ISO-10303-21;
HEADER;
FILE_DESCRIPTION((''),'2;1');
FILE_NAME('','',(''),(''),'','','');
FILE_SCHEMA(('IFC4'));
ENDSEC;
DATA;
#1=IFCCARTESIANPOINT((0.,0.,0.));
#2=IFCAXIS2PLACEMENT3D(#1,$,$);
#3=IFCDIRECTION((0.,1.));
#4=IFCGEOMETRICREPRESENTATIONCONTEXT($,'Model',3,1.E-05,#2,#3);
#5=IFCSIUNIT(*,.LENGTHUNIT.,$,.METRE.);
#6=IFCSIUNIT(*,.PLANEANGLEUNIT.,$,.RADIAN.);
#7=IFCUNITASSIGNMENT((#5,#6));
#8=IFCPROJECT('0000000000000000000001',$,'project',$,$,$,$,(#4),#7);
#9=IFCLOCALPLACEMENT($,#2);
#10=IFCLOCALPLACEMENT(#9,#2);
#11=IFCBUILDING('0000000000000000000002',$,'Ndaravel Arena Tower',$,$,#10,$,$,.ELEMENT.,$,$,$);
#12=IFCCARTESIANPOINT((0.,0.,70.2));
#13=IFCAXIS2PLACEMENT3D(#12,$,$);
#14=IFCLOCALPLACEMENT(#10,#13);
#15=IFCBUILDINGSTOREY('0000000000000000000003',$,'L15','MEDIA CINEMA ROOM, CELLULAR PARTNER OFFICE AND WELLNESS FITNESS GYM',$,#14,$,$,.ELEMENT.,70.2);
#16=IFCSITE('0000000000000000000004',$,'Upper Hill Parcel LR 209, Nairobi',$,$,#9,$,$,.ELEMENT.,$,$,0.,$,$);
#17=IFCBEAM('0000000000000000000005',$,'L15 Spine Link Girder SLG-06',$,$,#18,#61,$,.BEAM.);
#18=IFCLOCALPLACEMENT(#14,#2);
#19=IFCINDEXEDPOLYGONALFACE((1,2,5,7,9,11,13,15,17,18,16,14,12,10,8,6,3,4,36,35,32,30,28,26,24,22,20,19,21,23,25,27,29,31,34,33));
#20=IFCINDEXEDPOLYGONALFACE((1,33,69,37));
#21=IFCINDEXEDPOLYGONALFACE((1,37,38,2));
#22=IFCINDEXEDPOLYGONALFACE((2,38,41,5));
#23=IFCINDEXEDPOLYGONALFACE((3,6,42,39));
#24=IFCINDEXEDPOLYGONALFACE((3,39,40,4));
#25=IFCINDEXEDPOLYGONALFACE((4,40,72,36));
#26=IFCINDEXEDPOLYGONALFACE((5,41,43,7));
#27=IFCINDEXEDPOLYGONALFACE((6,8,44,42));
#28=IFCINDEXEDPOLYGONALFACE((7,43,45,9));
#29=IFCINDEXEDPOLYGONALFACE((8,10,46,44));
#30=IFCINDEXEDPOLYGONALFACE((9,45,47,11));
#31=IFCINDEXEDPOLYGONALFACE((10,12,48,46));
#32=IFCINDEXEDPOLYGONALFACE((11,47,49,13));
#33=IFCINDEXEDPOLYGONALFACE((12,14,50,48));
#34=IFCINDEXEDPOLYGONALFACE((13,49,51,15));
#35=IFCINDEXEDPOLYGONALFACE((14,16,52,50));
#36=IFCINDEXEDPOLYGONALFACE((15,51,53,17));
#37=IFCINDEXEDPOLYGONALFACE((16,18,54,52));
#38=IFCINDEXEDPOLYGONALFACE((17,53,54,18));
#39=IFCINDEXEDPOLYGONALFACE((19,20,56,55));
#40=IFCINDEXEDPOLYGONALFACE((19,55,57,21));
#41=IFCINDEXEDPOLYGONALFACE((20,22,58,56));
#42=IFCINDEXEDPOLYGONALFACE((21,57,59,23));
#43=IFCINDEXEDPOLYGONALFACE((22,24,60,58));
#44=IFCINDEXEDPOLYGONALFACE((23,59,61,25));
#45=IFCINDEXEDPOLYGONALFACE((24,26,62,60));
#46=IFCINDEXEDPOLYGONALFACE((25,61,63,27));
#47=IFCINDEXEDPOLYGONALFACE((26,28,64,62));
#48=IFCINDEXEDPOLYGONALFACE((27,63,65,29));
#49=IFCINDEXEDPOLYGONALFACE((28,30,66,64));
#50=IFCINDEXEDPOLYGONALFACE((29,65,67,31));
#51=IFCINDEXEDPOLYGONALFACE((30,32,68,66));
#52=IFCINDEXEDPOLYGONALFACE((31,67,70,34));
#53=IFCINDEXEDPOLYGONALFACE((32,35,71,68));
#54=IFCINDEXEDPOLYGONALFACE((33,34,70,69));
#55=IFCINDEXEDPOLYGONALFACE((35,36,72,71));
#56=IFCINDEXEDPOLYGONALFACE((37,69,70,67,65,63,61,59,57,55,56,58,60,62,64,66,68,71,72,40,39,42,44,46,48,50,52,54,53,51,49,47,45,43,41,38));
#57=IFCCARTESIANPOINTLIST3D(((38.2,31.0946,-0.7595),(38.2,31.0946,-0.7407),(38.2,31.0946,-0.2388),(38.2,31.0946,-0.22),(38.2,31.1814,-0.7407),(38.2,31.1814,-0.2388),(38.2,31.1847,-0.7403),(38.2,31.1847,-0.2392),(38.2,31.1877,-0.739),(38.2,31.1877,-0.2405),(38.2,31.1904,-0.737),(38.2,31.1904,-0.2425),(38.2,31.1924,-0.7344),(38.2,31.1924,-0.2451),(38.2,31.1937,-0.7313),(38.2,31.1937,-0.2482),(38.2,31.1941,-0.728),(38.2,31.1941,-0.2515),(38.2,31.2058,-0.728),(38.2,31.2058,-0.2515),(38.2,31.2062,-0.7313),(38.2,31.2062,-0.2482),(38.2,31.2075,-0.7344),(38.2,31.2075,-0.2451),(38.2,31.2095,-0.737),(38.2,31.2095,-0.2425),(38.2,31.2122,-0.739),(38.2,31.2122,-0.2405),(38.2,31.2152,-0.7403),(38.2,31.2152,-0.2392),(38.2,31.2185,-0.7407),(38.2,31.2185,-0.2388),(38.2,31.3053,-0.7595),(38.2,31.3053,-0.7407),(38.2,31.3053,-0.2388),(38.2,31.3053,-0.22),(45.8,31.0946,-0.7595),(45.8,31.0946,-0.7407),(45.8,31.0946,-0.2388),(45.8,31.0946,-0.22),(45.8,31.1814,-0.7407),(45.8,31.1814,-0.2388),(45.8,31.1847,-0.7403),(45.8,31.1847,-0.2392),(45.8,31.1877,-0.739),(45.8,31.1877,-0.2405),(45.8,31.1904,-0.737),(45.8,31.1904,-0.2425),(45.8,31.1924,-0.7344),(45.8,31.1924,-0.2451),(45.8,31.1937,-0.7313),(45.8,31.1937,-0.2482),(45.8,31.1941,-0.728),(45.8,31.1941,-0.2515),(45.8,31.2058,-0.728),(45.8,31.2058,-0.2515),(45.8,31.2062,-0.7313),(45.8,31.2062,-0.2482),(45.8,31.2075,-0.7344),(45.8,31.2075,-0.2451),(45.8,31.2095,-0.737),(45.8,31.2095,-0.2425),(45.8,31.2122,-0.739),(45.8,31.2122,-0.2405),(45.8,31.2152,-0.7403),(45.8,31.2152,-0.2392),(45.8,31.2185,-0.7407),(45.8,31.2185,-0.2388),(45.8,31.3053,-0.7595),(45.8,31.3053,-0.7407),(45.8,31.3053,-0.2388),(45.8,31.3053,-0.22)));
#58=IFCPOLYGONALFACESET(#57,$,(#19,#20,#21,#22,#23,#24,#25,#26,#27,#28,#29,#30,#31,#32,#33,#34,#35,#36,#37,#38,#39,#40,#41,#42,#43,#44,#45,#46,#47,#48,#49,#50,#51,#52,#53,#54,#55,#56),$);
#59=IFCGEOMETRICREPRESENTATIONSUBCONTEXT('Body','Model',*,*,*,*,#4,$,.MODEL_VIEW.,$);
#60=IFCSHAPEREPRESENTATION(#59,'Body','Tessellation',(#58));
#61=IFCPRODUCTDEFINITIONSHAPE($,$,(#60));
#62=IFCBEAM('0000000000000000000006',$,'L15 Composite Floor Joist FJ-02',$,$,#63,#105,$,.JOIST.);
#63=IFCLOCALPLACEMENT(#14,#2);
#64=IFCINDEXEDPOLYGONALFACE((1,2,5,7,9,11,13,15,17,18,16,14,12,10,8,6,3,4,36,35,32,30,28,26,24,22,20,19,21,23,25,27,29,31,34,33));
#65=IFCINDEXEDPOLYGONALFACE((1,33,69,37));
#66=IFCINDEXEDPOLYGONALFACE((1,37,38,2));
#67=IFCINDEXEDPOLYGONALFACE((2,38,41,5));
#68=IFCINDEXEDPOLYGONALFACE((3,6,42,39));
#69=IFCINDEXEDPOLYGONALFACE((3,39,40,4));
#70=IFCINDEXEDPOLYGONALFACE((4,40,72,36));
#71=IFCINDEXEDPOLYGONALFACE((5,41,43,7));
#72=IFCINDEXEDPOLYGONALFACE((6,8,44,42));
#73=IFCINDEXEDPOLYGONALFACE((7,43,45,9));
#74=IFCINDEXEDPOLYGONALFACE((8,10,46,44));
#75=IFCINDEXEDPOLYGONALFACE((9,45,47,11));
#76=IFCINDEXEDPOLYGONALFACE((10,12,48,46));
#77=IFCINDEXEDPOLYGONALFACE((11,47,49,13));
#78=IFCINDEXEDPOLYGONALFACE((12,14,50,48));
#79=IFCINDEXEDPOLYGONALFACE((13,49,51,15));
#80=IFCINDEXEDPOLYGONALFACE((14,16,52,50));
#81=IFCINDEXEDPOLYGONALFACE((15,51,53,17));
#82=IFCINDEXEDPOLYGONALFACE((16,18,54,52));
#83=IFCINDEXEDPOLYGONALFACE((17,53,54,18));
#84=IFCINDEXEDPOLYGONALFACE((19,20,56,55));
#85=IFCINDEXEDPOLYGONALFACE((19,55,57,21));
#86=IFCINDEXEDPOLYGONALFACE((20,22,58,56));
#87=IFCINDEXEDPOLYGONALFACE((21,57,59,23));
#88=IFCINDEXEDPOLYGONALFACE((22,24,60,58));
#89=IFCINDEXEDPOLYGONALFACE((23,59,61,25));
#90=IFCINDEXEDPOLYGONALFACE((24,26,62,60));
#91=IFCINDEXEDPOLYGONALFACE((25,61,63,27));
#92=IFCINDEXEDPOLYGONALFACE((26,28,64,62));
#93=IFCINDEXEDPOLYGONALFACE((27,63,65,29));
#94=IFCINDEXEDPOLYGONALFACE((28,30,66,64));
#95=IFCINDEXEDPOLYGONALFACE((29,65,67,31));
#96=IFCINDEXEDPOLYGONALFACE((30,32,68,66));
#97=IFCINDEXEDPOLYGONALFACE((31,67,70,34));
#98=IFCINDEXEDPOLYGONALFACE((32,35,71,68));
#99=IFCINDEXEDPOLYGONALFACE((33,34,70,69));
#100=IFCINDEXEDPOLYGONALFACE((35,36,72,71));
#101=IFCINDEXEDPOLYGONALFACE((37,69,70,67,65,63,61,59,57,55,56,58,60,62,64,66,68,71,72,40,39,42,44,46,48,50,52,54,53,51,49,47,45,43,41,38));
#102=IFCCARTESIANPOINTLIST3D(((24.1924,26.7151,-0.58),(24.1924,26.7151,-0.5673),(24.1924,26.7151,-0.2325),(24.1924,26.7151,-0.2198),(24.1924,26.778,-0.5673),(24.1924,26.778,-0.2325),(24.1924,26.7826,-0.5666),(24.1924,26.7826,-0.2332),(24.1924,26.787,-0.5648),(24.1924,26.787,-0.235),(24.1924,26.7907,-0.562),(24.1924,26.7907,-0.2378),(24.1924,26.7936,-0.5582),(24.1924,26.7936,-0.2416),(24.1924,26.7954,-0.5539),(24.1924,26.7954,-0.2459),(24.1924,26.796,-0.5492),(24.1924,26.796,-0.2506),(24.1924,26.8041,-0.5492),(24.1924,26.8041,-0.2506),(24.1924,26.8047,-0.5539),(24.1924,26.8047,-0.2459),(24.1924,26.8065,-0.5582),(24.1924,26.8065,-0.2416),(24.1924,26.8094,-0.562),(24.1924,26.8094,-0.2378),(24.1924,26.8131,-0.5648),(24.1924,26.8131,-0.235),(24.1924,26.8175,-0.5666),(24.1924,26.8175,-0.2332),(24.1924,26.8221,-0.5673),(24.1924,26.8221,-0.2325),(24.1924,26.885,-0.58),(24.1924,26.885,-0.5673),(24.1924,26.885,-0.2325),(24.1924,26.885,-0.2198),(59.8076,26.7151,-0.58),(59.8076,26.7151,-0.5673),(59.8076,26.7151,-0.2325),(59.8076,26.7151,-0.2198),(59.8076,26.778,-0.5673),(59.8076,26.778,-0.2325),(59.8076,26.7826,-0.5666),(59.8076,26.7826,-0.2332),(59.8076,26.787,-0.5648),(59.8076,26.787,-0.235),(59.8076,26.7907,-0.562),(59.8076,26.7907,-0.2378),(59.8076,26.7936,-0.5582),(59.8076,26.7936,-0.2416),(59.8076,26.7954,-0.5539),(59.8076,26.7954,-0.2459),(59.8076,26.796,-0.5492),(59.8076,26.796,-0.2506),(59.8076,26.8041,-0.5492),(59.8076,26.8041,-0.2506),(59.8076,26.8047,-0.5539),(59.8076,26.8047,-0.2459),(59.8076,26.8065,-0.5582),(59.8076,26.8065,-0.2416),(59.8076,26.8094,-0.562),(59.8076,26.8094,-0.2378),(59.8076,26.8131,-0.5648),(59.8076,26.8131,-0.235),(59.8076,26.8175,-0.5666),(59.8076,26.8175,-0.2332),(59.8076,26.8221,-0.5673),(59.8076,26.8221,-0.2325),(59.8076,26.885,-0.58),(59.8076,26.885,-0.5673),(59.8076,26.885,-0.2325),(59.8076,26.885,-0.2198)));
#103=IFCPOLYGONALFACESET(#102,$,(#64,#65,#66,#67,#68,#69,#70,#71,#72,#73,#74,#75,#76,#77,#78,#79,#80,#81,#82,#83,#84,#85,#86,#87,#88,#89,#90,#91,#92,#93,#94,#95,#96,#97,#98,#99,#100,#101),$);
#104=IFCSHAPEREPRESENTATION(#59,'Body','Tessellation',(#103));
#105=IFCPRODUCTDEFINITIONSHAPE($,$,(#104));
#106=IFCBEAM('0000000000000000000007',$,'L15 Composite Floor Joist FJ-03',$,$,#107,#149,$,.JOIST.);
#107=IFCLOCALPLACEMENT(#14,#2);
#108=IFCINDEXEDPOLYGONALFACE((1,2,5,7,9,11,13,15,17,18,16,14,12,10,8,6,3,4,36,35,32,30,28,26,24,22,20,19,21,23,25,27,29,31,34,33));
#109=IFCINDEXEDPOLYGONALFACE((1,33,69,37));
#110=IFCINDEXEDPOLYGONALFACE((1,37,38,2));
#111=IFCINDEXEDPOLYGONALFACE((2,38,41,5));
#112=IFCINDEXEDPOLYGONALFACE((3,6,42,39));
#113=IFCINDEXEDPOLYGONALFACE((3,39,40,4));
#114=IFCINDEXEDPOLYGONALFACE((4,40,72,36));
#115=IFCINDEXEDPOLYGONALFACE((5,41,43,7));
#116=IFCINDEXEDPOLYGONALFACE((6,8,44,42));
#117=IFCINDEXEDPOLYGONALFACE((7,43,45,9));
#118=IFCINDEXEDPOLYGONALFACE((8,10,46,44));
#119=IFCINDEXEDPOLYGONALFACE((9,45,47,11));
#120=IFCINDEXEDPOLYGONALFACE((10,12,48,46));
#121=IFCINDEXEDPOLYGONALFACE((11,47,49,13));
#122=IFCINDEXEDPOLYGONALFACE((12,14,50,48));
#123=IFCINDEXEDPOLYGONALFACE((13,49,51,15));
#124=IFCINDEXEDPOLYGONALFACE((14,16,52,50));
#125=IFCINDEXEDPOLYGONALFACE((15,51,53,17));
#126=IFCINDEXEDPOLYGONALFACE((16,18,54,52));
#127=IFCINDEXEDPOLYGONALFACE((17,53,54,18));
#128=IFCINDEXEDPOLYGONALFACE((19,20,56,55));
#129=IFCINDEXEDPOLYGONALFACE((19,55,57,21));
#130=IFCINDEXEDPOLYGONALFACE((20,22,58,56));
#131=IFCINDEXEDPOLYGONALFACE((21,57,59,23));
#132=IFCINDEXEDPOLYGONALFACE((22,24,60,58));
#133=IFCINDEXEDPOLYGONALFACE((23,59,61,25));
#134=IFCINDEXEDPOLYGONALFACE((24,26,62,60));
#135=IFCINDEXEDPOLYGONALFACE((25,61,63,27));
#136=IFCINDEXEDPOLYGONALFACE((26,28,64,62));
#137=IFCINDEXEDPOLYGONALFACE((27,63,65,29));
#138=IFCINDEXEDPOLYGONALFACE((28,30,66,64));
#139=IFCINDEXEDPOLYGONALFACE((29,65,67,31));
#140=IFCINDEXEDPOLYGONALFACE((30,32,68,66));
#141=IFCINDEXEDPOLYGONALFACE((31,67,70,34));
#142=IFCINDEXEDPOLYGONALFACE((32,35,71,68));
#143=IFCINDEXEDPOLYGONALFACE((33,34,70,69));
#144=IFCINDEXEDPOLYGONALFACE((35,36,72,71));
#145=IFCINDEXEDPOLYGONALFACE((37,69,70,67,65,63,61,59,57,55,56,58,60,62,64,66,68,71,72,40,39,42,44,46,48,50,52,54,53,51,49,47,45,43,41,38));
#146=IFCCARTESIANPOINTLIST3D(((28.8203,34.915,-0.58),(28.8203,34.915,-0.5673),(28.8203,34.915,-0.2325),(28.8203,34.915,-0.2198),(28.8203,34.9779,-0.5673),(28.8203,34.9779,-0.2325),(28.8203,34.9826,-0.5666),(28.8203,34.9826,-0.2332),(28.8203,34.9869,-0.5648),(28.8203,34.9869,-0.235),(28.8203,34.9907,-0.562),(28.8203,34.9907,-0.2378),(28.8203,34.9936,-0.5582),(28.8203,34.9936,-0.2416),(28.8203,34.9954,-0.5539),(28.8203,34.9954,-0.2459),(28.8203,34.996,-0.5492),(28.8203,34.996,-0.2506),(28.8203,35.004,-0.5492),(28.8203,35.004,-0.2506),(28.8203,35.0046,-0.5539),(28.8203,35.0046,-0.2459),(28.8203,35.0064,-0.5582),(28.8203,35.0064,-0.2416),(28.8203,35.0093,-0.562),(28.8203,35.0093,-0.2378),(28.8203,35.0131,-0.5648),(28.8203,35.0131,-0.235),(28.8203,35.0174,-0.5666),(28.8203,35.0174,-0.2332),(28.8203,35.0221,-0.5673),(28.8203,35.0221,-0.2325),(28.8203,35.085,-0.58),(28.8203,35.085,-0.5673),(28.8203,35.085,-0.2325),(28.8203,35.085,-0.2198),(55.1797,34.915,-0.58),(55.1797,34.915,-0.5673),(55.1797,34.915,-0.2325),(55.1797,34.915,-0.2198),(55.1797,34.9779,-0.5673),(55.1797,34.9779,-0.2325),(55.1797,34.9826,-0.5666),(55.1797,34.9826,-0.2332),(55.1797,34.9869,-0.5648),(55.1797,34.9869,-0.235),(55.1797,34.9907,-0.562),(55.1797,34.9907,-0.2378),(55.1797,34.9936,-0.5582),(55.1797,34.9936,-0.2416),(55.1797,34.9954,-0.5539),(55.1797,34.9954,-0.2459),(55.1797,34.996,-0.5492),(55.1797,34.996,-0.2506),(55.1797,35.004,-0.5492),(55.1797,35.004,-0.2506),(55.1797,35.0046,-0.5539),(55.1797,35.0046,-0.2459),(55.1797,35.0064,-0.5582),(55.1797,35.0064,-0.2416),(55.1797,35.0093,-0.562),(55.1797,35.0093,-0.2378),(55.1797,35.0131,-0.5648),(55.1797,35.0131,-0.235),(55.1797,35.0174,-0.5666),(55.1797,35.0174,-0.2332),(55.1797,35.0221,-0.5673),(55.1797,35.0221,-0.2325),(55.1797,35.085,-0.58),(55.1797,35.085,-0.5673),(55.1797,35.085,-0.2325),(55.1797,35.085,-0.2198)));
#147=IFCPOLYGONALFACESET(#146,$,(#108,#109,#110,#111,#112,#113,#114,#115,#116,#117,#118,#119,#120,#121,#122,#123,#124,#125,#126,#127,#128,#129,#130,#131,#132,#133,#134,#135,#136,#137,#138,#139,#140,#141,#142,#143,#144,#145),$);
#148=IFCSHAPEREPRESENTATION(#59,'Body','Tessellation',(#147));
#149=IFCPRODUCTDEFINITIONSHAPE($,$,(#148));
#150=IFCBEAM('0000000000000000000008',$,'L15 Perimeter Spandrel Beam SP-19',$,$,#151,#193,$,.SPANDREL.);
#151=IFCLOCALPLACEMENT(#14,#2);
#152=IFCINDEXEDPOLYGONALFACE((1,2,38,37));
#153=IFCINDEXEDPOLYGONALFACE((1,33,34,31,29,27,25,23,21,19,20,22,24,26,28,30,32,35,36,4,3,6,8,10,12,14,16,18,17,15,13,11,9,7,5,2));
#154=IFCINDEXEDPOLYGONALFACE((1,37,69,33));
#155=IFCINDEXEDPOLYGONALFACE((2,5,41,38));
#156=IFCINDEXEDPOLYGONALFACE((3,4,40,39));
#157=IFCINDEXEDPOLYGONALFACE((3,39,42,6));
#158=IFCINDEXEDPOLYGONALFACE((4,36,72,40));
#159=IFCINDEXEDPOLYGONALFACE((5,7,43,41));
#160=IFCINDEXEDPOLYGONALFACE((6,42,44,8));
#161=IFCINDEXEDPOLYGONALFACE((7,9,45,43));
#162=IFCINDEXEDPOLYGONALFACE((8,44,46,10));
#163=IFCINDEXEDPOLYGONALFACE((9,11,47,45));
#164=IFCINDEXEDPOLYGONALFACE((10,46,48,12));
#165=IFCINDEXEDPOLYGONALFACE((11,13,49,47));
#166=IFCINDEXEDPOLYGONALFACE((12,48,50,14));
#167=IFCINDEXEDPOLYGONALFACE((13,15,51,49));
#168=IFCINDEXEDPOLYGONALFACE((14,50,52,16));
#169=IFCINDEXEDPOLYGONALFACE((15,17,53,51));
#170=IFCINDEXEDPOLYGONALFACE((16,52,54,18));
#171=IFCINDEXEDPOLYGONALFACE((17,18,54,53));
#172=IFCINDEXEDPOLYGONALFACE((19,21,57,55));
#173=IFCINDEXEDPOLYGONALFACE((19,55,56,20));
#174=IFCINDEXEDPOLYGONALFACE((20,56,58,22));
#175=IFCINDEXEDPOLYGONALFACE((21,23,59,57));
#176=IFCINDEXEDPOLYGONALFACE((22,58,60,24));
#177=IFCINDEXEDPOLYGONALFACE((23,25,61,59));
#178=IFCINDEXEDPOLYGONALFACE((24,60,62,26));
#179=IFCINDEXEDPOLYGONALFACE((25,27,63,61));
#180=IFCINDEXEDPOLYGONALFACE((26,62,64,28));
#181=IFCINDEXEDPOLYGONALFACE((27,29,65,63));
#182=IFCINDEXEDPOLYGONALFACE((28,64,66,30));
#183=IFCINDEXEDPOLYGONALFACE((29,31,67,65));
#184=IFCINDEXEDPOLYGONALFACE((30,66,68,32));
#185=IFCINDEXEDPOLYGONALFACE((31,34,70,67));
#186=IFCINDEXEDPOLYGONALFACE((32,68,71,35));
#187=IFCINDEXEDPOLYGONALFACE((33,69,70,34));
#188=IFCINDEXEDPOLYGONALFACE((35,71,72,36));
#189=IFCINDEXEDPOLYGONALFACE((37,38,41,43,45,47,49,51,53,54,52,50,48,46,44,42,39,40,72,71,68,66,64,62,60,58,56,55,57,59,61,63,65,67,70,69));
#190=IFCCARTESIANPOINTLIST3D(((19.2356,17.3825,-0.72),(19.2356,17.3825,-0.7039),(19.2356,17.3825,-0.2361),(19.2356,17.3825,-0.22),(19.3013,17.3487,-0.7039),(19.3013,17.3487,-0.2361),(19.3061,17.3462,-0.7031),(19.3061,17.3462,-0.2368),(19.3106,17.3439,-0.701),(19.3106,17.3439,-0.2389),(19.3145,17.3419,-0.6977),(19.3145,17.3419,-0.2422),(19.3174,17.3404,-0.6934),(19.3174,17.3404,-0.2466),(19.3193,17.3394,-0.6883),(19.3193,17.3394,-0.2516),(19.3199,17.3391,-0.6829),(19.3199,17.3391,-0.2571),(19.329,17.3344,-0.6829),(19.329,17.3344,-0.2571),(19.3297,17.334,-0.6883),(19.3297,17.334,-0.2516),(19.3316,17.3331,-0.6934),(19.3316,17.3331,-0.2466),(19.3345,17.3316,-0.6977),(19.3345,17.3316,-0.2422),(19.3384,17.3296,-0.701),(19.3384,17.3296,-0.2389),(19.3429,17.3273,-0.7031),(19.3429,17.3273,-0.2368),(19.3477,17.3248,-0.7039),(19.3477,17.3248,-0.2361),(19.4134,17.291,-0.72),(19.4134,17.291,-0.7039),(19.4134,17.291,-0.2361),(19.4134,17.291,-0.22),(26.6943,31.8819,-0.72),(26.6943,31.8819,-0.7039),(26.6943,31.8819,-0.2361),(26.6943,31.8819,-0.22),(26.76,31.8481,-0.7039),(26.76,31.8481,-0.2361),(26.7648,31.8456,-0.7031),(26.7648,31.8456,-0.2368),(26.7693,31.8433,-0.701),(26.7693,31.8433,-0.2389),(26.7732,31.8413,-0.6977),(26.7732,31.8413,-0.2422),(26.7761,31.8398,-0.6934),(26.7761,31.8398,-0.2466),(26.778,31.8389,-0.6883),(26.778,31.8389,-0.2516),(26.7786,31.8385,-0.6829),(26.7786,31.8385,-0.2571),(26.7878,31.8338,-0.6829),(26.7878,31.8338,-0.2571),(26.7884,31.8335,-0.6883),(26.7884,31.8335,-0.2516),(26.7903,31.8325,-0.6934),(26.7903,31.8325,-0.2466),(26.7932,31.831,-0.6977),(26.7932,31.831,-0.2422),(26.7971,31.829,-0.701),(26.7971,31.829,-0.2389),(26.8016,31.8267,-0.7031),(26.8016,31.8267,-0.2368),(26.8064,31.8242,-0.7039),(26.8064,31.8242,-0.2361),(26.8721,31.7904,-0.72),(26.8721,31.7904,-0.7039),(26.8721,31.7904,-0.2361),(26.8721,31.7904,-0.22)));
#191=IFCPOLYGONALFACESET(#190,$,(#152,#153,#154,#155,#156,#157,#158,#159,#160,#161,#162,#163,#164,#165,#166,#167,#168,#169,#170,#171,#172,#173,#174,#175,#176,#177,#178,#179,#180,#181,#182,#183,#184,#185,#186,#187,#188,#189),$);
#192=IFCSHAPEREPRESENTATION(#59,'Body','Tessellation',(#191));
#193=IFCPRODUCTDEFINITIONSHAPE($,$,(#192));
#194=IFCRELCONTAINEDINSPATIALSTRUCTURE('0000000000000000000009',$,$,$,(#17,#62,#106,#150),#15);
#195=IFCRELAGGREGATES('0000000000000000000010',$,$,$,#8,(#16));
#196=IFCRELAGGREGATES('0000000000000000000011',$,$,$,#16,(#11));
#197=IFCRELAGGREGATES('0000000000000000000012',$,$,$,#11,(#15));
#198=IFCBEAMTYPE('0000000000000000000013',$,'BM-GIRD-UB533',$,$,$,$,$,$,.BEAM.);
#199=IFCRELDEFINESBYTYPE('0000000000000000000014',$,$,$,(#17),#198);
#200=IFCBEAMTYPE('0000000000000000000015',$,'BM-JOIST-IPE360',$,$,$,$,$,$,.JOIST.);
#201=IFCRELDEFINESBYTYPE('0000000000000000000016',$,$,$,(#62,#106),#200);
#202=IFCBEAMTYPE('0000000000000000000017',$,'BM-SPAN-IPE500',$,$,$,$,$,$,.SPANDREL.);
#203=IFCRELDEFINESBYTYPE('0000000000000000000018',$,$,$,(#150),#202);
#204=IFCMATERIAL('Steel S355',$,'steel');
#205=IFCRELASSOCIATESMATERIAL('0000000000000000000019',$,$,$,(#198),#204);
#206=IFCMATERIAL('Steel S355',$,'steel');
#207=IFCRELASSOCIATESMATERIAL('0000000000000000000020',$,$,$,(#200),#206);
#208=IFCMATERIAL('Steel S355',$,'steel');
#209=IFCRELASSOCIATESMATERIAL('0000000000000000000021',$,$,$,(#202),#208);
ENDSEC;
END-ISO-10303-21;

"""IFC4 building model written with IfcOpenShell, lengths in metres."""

from ifc_helpers import new_model, si_unit, direction, frame, origin, origin_2d, place, context, subcontext, project, spatial, i_section, extrude, material, material_profile, profile_set, type_object, element, save


model = new_model("IFC4")

# Units and contexts
model_context = context("Model", 3, precision=1e-05, world=origin(), true_north=direction((0.0, 1.0)))
body_context = subcontext(model_context, "Body", "Model", "MODEL_VIEW")
ifc_project = project(units=[si_unit("LENGTHUNIT", "METRE"), si_unit("PLANEANGLEUNIT", "RADIAN")], contexts=[model_context])

# Site, building, storey
site_placement = place(None, origin())
site = spatial("IfcSite", under=ifc_project, at=site_placement, Name="Upper Hill Parcel LR 209, Nairobi", CompositionType="ELEMENT", RefElevation=0.0)
building_placement = place(site_placement, origin())
building = spatial("IfcBuilding", under=site, at=building_placement, Name="Ndaravel Arena Tower", CompositionType="ELEMENT")
storey_placement = place(building_placement, frame((0.0, 0.0, 70.2)))
storey = spatial("IfcBuildingStorey", under=building, at=storey_placement, Name="L15", Description="MEDIA CINEMA ROOM, CELLULAR PARTNER OFFICE AND WELLNESS FITNESS GYM", CompositionType="ELEMENT", Elevation=70.2)

# Beams
ifc_material_1 = material(Name="Steel S355", Category="steel")
ifc_material_profile_1 = material_profile(ifc_material_1, i_section(OverallWidth=0.2107, OverallDepth=0.5396, WebThickness=0.0117, FlangeThickness=0.0188, FilletRadius=0.0127, at=origin_2d()), Name="UB 533x210x109")
ifc_profile_set_1 = profile_set([ifc_material_profile_1], Name="Steel S355")
beam_type_1 = type_object("IfcBeamType", Name="BM-GIRD-UB533", PredefinedType="BEAM", material=ifc_profile_set_1)
beam_1_placement = place(storey_placement, frame((38.2, 31.2, -0.4897), z_axis=(1.0, 0.0, 0.0), x_axis=(0.0, 1.0, 0.0)))
element("IfcBeam", 1, at=beam_1_placement, inside=storey, type_object=beam_type_1, Name="L15 Spine Link Girder SLG-06", PredefinedType="BEAM", context=body_context, shape_type="SweptSolid", body=[
    extrude(i_section(OverallWidth=0.2107, OverallDepth=0.5396, WebThickness=0.0117, FlangeThickness=0.0188, FilletRadius=0.0127, at=origin_2d()), origin(), (0.0, 0.0, 1.0), 7.6001),
])
ifc_material_2 = material(Name="Steel S355", Category="steel")
ifc_material_profile_2 = material_profile(ifc_material_2, i_section(OverallWidth=0.1699, OverallDepth=0.3601, WebThickness=0.0081, FlangeThickness=0.0127, FilletRadius=0.0181, at=origin_2d()), Name="IPE 360")
ifc_profile_set_2 = profile_set([ifc_material_profile_2], Name="Steel S355")
beam_type_2 = type_object("IfcBeamType", Name="BM-JOIST-IPE360", PredefinedType="JOIST", material=ifc_profile_set_2)
beam_2_placement = place(storey_placement, frame((24.1924, 26.8, -0.3999), z_axis=(1.0, 0.0, 0.0), x_axis=(0.0, 1.0, 0.0)))
element("IfcBeam", 2, at=beam_2_placement, inside=storey, type_object=beam_type_2, Name="L15 Composite Floor Joist FJ-02", PredefinedType="JOIST", context=body_context, shape_type="SweptSolid", body=[
    extrude(i_section(OverallWidth=0.1699, OverallDepth=0.3601, WebThickness=0.0081, FlangeThickness=0.0127, FilletRadius=0.0181, at=origin_2d()), origin(), (0.0, 0.0, 1.0), 35.6152),
])
beam_3_placement = place(storey_placement, frame((28.8203, 35.0, -0.3999), z_axis=(1.0, 0.0, 0.0), x_axis=(0.0, 1.0, 0.0)))
element("IfcBeam", 3, at=beam_3_placement, inside=storey, type_object=beam_type_2, Name="L15 Composite Floor Joist FJ-03", PredefinedType="JOIST", context=body_context, shape_type="SweptSolid", body=[
    extrude(i_section(OverallWidth=0.1699, OverallDepth=0.3601, WebThickness=0.0081, FlangeThickness=0.0127, FilletRadius=0.0181, at=origin_2d()), origin(), (0.0, 0.0, 1.0), 26.3594),
])
ifc_material_3 = material(Name="Steel S355", Category="steel")
ifc_material_profile_3 = material_profile(ifc_material_3, i_section(OverallWidth=0.2, OverallDepth=0.5, WebThickness=0.0103, FlangeThickness=0.0161, FilletRadius=0.021, at=origin_2d()), Name="IPE 500")
ifc_profile_set_3 = profile_set([ifc_material_profile_3], Name="Steel S355")
beam_type_3 = type_object("IfcBeamType", Name="BM-SPAN-IPE500", PredefinedType="SPANDREL", material=ifc_profile_set_3)
beam_4_placement = place(storey_placement, frame((26.7832, 31.8362, -0.47), z_axis=(-0.457438, -0.889242, 0.0), x_axis=(0.889242, -0.457438, 0.0)))
element("IfcBeam", 4, at=beam_4_placement, inside=storey, type_object=beam_type_3, Name="L15 Perimeter Spandrel Beam SP-19", PredefinedType="SPANDREL", context=body_context, shape_type="SweptSolid", body=[
    extrude(i_section(OverallWidth=0.2, OverallDepth=0.5, WebThickness=0.0103, FlangeThickness=0.0161, FilletRadius=0.021, at=origin_2d()), origin(), (0.0, 0.0, 1.0), 16.3054),
])

save(model, "model.ifc")
